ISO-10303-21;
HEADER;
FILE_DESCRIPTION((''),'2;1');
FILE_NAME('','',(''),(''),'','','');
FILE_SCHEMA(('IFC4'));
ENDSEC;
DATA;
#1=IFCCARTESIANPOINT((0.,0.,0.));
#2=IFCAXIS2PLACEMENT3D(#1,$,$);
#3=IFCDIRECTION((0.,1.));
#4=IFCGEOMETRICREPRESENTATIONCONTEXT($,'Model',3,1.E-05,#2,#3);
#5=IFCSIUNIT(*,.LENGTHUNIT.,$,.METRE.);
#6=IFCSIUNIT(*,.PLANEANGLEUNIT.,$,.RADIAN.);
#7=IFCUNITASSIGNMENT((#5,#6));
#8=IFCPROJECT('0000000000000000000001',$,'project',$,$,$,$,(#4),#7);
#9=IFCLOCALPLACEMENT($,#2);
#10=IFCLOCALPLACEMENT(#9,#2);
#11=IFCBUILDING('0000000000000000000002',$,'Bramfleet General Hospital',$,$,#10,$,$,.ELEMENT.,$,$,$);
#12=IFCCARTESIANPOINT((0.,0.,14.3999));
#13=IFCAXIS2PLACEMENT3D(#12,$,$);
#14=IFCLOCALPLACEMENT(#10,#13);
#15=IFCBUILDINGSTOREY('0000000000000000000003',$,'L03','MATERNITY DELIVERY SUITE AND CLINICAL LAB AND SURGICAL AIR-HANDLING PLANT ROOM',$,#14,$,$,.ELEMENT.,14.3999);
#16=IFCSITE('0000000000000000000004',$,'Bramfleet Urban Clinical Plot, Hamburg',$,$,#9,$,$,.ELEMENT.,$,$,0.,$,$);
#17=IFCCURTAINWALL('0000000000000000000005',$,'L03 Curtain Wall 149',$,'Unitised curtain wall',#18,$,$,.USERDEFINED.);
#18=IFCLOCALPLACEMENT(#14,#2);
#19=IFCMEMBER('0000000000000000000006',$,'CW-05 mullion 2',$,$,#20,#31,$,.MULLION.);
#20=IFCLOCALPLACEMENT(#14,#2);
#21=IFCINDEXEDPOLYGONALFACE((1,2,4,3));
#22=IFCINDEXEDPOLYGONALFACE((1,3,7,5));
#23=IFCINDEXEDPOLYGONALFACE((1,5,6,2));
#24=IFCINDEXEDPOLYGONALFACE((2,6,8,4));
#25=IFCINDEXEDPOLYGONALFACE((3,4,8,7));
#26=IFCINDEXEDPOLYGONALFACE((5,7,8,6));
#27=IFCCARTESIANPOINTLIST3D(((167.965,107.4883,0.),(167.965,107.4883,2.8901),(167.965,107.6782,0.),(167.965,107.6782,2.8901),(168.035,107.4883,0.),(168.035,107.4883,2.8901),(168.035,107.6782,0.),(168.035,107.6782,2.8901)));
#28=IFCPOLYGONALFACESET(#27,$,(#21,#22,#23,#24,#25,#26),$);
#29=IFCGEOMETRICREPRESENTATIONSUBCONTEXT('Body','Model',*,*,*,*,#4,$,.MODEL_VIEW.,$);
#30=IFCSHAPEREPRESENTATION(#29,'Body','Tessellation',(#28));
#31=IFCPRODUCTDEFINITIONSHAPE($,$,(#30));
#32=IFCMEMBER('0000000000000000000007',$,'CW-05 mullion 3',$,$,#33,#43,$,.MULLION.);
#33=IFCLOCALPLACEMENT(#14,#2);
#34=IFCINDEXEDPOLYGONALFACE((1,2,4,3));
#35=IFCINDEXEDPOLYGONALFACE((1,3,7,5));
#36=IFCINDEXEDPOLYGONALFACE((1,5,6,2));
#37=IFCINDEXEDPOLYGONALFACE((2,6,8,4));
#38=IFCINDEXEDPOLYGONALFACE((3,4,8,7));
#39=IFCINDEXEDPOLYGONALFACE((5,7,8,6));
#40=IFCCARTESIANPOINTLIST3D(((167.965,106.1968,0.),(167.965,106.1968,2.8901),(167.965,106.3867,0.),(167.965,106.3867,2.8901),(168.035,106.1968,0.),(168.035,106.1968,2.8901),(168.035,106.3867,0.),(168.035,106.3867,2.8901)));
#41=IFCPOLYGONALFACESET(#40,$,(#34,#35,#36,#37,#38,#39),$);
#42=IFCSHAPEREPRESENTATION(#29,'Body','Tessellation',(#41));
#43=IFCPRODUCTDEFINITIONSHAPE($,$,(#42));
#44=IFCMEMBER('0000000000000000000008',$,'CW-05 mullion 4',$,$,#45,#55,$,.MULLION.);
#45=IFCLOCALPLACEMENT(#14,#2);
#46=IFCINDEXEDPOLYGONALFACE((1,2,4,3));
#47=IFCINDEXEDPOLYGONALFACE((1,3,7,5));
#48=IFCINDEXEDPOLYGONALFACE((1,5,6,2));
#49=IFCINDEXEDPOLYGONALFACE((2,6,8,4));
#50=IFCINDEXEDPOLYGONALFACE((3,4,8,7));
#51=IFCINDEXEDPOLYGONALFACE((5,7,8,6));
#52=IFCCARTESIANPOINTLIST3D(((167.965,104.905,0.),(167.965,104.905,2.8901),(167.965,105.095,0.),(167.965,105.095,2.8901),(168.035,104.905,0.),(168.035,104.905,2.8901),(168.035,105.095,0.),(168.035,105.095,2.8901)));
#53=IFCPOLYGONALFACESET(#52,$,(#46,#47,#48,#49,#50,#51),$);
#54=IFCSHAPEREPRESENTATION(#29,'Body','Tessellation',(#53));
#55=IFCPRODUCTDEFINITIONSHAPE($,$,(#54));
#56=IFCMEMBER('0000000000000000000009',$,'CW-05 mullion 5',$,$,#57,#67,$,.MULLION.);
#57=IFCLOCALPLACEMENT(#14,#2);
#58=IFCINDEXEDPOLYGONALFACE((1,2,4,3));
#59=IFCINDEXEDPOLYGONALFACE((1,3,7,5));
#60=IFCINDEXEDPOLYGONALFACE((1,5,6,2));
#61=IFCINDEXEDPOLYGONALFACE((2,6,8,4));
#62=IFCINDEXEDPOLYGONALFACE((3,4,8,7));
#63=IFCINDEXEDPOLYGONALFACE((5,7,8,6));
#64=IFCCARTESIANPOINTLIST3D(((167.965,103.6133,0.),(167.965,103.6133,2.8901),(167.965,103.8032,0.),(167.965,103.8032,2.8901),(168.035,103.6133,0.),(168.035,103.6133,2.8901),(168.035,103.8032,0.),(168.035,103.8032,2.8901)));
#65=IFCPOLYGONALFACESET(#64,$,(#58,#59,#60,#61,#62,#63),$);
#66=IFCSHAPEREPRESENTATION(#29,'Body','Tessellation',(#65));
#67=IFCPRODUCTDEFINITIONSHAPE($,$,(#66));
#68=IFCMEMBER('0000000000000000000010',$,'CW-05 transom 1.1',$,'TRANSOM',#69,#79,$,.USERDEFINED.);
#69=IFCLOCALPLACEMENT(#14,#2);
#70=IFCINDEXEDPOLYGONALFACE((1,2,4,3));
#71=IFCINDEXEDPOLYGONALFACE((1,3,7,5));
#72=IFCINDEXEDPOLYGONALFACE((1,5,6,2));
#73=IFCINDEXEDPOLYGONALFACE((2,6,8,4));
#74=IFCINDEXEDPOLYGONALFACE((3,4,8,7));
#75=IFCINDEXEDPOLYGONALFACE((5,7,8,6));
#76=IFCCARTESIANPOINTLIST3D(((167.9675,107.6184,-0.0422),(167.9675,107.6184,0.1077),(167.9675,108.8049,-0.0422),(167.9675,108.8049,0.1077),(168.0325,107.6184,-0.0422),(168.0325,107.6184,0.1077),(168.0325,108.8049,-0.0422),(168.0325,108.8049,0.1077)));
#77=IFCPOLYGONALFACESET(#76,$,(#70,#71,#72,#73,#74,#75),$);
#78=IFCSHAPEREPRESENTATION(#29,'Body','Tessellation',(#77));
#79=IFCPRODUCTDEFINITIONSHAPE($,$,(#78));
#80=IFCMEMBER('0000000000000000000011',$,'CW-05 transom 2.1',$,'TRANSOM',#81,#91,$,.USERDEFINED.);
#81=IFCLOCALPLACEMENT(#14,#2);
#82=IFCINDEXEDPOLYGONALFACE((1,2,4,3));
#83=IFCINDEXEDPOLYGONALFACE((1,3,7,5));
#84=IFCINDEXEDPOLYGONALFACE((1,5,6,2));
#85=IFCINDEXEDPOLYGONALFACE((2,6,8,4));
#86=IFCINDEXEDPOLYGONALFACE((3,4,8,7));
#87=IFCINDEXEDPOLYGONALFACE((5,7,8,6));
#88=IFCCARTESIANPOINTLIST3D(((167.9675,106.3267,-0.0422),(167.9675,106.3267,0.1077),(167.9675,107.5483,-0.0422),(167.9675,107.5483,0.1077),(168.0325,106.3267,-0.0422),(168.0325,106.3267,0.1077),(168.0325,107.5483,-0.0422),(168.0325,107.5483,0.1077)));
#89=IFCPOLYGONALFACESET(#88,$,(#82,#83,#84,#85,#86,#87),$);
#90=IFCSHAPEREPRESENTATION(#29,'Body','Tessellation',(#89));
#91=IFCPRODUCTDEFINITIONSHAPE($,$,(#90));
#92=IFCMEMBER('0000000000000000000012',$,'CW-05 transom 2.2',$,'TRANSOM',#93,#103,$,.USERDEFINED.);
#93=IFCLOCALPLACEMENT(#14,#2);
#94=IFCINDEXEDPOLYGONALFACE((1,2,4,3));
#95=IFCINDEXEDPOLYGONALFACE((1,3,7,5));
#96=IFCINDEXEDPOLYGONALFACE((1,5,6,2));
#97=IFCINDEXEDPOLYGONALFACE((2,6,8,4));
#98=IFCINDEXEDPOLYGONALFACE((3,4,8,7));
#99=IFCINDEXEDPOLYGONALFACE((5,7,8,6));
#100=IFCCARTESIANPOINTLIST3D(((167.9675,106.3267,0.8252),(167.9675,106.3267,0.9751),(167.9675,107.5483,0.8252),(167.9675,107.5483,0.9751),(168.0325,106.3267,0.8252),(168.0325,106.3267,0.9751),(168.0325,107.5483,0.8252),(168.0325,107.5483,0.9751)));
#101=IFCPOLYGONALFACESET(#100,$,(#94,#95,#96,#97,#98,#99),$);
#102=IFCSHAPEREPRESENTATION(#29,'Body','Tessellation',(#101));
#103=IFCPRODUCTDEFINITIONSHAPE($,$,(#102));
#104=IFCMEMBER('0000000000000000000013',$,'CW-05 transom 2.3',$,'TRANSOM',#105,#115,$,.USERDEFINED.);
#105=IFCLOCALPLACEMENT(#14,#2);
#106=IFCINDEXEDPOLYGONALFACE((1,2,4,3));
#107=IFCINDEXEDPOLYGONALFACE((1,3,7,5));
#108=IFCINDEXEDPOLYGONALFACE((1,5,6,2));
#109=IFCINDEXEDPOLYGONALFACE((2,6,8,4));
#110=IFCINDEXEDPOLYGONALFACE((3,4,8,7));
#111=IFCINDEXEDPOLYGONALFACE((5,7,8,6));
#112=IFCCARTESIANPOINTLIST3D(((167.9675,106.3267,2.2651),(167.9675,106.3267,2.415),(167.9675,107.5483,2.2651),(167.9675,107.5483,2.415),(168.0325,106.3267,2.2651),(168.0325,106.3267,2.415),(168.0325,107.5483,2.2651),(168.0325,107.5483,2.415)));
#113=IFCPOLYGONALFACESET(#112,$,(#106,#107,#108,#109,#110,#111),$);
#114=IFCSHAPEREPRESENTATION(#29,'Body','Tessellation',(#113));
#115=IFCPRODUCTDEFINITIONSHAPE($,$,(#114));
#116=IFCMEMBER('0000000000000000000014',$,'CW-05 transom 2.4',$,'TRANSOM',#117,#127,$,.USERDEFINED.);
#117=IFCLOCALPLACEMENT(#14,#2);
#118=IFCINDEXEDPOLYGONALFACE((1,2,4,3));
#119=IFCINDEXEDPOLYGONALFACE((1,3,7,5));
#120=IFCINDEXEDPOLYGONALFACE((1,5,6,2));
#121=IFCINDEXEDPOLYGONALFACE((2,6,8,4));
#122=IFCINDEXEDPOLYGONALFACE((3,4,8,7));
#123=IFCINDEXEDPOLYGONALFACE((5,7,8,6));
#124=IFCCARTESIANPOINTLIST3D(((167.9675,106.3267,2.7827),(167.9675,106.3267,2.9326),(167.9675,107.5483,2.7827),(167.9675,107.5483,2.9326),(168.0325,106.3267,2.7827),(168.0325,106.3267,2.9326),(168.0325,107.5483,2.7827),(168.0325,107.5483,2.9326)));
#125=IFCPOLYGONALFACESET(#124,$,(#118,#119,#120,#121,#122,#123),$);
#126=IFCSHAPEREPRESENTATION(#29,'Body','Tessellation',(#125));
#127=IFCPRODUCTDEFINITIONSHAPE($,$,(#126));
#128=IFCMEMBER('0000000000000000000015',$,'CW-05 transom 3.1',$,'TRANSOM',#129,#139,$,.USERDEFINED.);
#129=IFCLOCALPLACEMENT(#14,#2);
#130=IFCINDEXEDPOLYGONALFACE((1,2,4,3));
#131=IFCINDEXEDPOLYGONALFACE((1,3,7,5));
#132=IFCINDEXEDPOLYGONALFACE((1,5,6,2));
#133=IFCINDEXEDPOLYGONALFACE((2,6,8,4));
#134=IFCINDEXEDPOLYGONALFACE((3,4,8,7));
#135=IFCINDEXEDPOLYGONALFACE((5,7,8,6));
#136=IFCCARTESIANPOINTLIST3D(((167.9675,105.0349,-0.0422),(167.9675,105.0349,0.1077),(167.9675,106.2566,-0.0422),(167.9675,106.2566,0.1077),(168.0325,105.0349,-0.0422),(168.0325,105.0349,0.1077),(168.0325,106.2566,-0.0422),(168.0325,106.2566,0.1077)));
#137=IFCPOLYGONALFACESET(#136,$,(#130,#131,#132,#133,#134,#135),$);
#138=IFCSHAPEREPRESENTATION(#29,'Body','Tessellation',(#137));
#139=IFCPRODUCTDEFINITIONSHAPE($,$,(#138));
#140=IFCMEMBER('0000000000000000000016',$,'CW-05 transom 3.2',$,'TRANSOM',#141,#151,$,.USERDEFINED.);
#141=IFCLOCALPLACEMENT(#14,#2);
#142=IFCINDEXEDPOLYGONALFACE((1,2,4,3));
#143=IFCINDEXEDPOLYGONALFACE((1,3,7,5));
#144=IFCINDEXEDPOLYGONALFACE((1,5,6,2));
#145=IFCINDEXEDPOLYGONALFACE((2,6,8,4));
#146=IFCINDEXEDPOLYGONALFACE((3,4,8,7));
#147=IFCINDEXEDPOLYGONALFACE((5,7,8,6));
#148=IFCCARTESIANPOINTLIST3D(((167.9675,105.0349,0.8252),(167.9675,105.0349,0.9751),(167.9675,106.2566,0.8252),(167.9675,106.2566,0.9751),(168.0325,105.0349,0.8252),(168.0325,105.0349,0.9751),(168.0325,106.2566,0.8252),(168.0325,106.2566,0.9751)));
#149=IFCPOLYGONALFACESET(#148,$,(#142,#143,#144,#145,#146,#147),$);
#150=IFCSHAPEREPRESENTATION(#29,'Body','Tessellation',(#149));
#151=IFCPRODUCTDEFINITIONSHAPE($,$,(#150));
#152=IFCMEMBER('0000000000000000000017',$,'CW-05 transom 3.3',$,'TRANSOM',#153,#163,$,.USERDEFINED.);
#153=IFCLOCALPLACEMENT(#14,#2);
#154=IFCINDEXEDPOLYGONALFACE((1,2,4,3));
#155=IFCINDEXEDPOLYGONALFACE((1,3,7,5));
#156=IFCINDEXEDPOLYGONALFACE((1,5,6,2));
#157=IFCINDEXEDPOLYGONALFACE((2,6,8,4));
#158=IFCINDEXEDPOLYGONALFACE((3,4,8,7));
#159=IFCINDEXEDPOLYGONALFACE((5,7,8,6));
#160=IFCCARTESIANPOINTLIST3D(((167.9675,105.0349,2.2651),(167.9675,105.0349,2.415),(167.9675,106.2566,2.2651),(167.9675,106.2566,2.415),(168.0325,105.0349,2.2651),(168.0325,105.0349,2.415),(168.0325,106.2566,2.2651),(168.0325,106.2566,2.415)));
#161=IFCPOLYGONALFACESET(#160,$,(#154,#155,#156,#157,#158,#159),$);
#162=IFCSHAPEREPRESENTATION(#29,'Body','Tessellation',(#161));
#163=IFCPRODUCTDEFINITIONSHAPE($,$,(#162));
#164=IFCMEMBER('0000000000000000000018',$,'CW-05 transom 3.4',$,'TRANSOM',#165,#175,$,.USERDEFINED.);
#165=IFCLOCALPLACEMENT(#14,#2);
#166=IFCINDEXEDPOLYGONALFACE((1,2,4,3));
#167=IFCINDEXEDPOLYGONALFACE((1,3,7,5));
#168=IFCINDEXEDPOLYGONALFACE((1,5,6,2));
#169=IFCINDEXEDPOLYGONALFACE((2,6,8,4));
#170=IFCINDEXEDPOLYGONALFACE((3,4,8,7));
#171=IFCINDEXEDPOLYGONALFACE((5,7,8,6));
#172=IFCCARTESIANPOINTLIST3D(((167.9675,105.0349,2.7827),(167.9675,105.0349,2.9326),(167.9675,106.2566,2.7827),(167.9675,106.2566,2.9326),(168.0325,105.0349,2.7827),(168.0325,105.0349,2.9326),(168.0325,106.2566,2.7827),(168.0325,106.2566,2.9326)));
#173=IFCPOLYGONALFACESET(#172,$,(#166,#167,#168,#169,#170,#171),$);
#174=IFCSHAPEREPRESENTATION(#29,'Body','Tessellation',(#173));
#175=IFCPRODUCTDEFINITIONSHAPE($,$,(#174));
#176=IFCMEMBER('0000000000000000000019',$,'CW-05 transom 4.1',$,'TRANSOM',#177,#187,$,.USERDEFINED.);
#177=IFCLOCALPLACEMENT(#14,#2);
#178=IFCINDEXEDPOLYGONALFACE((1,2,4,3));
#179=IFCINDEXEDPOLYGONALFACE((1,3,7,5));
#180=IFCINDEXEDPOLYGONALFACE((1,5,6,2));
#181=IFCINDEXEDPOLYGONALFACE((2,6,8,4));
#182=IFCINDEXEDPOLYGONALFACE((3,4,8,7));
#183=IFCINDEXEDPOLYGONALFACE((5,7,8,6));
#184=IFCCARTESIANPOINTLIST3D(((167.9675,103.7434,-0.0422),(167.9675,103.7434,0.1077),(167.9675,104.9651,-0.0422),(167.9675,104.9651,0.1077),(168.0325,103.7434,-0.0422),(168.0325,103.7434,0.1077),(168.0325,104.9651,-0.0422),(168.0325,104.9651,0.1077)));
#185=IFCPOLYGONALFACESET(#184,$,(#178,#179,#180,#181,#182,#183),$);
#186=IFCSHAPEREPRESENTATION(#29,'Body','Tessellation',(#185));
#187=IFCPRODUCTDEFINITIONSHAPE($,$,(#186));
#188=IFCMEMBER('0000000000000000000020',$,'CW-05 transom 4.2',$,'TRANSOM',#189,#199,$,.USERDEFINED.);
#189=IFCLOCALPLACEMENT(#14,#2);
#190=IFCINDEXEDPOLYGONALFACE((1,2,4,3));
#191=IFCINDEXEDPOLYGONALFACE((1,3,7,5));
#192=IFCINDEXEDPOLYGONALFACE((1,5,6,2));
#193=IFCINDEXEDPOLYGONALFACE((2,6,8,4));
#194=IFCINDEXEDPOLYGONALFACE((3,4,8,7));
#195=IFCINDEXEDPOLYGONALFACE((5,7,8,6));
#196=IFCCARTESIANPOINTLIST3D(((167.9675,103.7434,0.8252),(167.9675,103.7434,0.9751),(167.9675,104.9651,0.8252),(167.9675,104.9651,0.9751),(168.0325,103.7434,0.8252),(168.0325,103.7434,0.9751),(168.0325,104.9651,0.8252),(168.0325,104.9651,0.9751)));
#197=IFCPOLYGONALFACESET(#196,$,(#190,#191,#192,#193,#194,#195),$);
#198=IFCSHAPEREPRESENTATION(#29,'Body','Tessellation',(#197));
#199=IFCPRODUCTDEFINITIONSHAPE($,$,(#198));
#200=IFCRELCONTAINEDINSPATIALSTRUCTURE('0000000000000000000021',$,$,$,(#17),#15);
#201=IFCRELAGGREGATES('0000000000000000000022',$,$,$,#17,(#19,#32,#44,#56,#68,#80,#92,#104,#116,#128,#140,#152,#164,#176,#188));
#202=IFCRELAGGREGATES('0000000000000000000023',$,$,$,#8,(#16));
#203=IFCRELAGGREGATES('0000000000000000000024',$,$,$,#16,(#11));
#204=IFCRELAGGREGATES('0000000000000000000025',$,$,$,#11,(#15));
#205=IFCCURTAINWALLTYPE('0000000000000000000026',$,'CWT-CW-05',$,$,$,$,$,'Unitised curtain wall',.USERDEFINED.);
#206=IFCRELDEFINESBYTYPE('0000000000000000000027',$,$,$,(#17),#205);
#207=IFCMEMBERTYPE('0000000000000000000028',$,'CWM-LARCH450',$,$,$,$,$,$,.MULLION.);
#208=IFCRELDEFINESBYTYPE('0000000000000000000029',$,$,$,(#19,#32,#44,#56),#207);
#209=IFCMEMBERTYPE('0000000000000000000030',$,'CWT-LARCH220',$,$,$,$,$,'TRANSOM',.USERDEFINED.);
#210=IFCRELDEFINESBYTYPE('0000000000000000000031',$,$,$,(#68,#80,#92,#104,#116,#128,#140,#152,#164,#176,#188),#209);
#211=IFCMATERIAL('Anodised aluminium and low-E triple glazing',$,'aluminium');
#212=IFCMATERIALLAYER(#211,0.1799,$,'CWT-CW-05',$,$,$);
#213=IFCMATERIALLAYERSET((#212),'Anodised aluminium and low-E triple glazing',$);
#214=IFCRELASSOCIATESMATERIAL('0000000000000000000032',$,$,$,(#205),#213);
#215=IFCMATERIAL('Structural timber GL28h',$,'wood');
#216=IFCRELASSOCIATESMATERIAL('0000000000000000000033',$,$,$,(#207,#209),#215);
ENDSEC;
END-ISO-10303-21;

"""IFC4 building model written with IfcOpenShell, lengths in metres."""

from ifc_helpers import new_model, si_unit, direction, frame, origin, origin_2d, place, context, subcontext, project, spatial, rectangle, extrude, material, layer, layer_set, material_profile, profile_set, type_object, element, aggregate, save


model = new_model("IFC4")

# Units and contexts
model_context = context("Model", 3, precision=1e-05, world=origin(), true_north=direction((0.0, 1.0)))
body_context = subcontext(model_context, "Body", "Model", "MODEL_VIEW")
ifc_project = project(units=[si_unit("LENGTHUNIT", "METRE"), si_unit("PLANEANGLEUNIT", "RADIAN")], contexts=[model_context])

# Site, building, storey
site_placement = place(None, origin())
site = spatial("IfcSite", under=ifc_project, at=site_placement, Name="Bramfleet Urban Clinical Plot, Hamburg", CompositionType="ELEMENT", RefElevation=0.0)
building_placement = place(site_placement, origin())
building = spatial("IfcBuilding", under=site, at=building_placement, Name="Bramfleet General Hospital", CompositionType="ELEMENT")
storey_placement = place(building_placement, frame((0.0, 0.0, 14.3999)))
storey = spatial("IfcBuildingStorey", under=building, at=storey_placement, Name="L03", Description="MATERNITY DELIVERY SUITE AND CLINICAL LAB AND SURGICAL AIR-HANDLING PLANT ROOM", CompositionType="ELEMENT", Elevation=14.3999)

# Curtain wall, members
ifc_material_1 = material(Name="Anodised aluminium and low-E triple glazing", Category="aluminium")
ifc_layer_1 = layer(ifc_material_1, 0.1799, Name="CWT-CW-05")
ifc_layer_set_1 = layer_set([ifc_layer_1], Name="Anodised aluminium and low-E triple glazing")
curtain_wall_type = type_object("IfcCurtainWallType", Name="CWT-CW-05", ElementType="Unitised curtain wall", PredefinedType="USERDEFINED", material=ifc_layer_set_1)
curtain_wall_placement = place(storey_placement, origin())
curtain_wall = element("IfcCurtainWall", 1, at=curtain_wall_placement, inside=storey, type_object=curtain_wall_type, Name="L03 Curtain Wall 149", ObjectType="Unitised curtain wall", PredefinedType="USERDEFINED")
ifc_material_2 = material(Name="Structural timber GL28h", Category="wood")
ifc_material_profile_1 = material_profile(ifc_material_2, rectangle(XDim=0.0701, YDim=0.1899, at=origin_2d()), Name="LARCH 190x70")
ifc_profile_set_1 = profile_set([ifc_material_profile_1], Name="Structural timber GL28h")
member_type_1 = type_object("IfcMemberType", Name="CWM-LARCH450", PredefinedType="MULLION", material=ifc_profile_set_1)
member_1_placement = place(storey_placement, frame((168.0, 107.5833, 0.0), z_axis=(0.0, 0.0, 1.0), x_axis=(1.0, 0.0, 0.0)))
member_1 = element("IfcMember", 2, at=member_1_placement, type_object=member_type_1, Name="CW-05 mullion 2", PredefinedType="MULLION", context=body_context, shape_type="SweptSolid", body=[
    extrude(rectangle(XDim=0.0701, YDim=0.1899, at=origin_2d()), origin(), (0.0, 0.0, 1.0), 2.8901),
])
member_2_placement = place(storey_placement, frame((168.0, 106.2917, 0.0), z_axis=(0.0, 0.0, 1.0), x_axis=(1.0, 0.0, 0.0)))
member_2 = element("IfcMember", 3, at=member_2_placement, type_object=member_type_1, Name="CW-05 mullion 3", PredefinedType="MULLION", context=body_context, shape_type="SweptSolid", body=[
    extrude(rectangle(XDim=0.0701, YDim=0.1899, at=origin_2d()), origin(), (0.0, 0.0, 1.0), 2.8901),
])
member_3_placement = place(storey_placement, frame((168.0, 105.0, 0.0), z_axis=(0.0, 0.0, 1.0), x_axis=(1.0, 0.0, 0.0)))
member_3 = element("IfcMember", 4, at=member_3_placement, type_object=member_type_1, Name="CW-05 mullion 4", PredefinedType="MULLION", context=body_context, shape_type="SweptSolid", body=[
    extrude(rectangle(XDim=0.0701, YDim=0.1899, at=origin_2d()), origin(), (0.0, 0.0, 1.0), 2.8901),
])
member_4_placement = place(storey_placement, frame((168.0, 103.7083, 0.0), z_axis=(0.0, 0.0, 1.0), x_axis=(1.0, 0.0, 0.0)))
member_4 = element("IfcMember", 5, at=member_4_placement, type_object=member_type_1, Name="CW-05 mullion 5", PredefinedType="MULLION", context=body_context, shape_type="SweptSolid", body=[
    extrude(rectangle(XDim=0.0701, YDim=0.1899, at=origin_2d()), origin(), (0.0, 0.0, 1.0), 2.8901),
])
ifc_material_profile_2 = material_profile(ifc_material_2, rectangle(XDim=0.0649, YDim=0.1499, at=origin_2d()), Name="LARCH 150x65")
ifc_profile_set_2 = profile_set([ifc_material_profile_2], Name="Structural timber GL28h")
member_type_2 = type_object("IfcMemberType", Name="CWT-LARCH220", ElementType="TRANSOM", PredefinedType="USERDEFINED", material=ifc_profile_set_2)
member_5_placement = place(storey_placement, frame((168.0, 108.8049, 0.0327), z_axis=(0.0, -1.0, 0.0), x_axis=(1.0, 0.0, 0.0)))
member_5 = element("IfcMember", 6, at=member_5_placement, type_object=member_type_2, Name="CW-05 transom 1.1", ObjectType="TRANSOM", PredefinedType="USERDEFINED", context=body_context, shape_type="SweptSolid", body=[
    extrude(rectangle(XDim=0.0649, YDim=0.1499, at=origin_2d()), origin(), (0.0, 0.0, 1.0), 1.1865),
])
member_6_placement = place(storey_placement, frame((168.0, 107.5483, 0.0327), z_axis=(0.0, -1.0, 0.0), x_axis=(1.0, 0.0, 0.0)))
member_6 = element("IfcMember", 7, at=member_6_placement, type_object=member_type_2, Name="CW-05 transom 2.1", ObjectType="TRANSOM", PredefinedType="USERDEFINED", context=body_context, shape_type="SweptSolid", body=[
    extrude(rectangle(XDim=0.0649, YDim=0.1499, at=origin_2d()), origin(), (0.0, 0.0, 1.0), 1.2217),
])
member_7_placement = place(storey_placement, frame((168.0, 107.5483, 0.9001), z_axis=(0.0, -1.0, 0.0), x_axis=(1.0, 0.0, 0.0)))
member_7 = element("IfcMember", 8, at=member_7_placement, type_object=member_type_2, Name="CW-05 transom 2.2", ObjectType="TRANSOM", PredefinedType="USERDEFINED", context=body_context, shape_type="SweptSolid", body=[
    extrude(rectangle(XDim=0.0649, YDim=0.1499, at=origin_2d()), origin(), (0.0, 0.0, 1.0), 1.2217),
])
member_8_placement = place(storey_placement, frame((168.0, 107.5483, 2.3401), z_axis=(0.0, -1.0, 0.0), x_axis=(1.0, 0.0, 0.0)))
member_8 = element("IfcMember", 9, at=member_8_placement, type_object=member_type_2, Name="CW-05 transom 2.3", ObjectType="TRANSOM", PredefinedType="USERDEFINED", context=body_context, shape_type="SweptSolid", body=[
    extrude(rectangle(XDim=0.0649, YDim=0.1499, at=origin_2d()), origin(), (0.0, 0.0, 1.0), 1.2217),
])
member_9_placement = place(storey_placement, frame((168.0, 107.5483, 2.8577), z_axis=(0.0, -1.0, 0.0), x_axis=(1.0, 0.0, 0.0)))
member_9 = element("IfcMember", 10, at=member_9_placement, type_object=member_type_2, Name="CW-05 transom 2.4", ObjectType="TRANSOM", PredefinedType="USERDEFINED", context=body_context, shape_type="SweptSolid", body=[
    extrude(rectangle(XDim=0.0649, YDim=0.1499, at=origin_2d()), origin(), (0.0, 0.0, 1.0), 1.2217),
])
member_10_placement = place(storey_placement, frame((168.0, 106.2566, 0.0327), z_axis=(0.0, -1.0, 0.0), x_axis=(1.0, 0.0, 0.0)))
member_10 = element("IfcMember", 11, at=member_10_placement, type_object=member_type_2, Name="CW-05 transom 3.1", ObjectType="TRANSOM", PredefinedType="USERDEFINED", context=body_context, shape_type="SweptSolid", body=[
    extrude(rectangle(XDim=0.0649, YDim=0.1499, at=origin_2d()), origin(), (0.0, 0.0, 1.0), 1.2217),
])
member_11_placement = place(storey_placement, frame((168.0, 106.2566, 0.9001), z_axis=(0.0, -1.0, 0.0), x_axis=(1.0, 0.0, 0.0)))
member_11 = element("IfcMember", 12, at=member_11_placement, type_object=member_type_2, Name="CW-05 transom 3.2", ObjectType="TRANSOM", PredefinedType="USERDEFINED", context=body_context, shape_type="SweptSolid", body=[
    extrude(rectangle(XDim=0.0649, YDim=0.1499, at=origin_2d()), origin(), (0.0, 0.0, 1.0), 1.2217),
])
member_12_placement = place(storey_placement, frame((168.0, 106.2566, 2.3401), z_axis=(0.0, -1.0, 0.0), x_axis=(1.0, 0.0, 0.0)))
member_12 = element("IfcMember", 13, at=member_12_placement, type_object=member_type_2, Name="CW-05 transom 3.3", ObjectType="TRANSOM", PredefinedType="USERDEFINED", context=body_context, shape_type="SweptSolid", body=[
    extrude(rectangle(XDim=0.0649, YDim=0.1499, at=origin_2d()), origin(), (0.0, 0.0, 1.0), 1.2217),
])
member_13_placement = place(storey_placement, frame((168.0, 106.2566, 2.8577), z_axis=(0.0, -1.0, 0.0), x_axis=(1.0, 0.0, 0.0)))
member_13 = element("IfcMember", 14, at=member_13_placement, type_object=member_type_2, Name="CW-05 transom 3.4", ObjectType="TRANSOM", PredefinedType="USERDEFINED", context=body_context, shape_type="SweptSolid", body=[
    extrude(rectangle(XDim=0.0649, YDim=0.1499, at=origin_2d()), origin(), (0.0, 0.0, 1.0), 1.2217),
])
member_14_placement = place(storey_placement, frame((168.0, 104.9651, 0.0327), z_axis=(0.0, -1.0, 0.0), x_axis=(1.0, 0.0, 0.0)))
member_14 = element("IfcMember", 15, at=member_14_placement, type_object=member_type_2, Name="CW-05 transom 4.1", ObjectType="TRANSOM", PredefinedType="USERDEFINED", context=body_context, shape_type="SweptSolid", body=[
    extrude(rectangle(XDim=0.0649, YDim=0.1499, at=origin_2d()), origin(), (0.0, 0.0, 1.0), 1.2217),
])
member_15_placement = place(storey_placement, frame((168.0, 104.9651, 0.9001), z_axis=(0.0, -1.0, 0.0), x_axis=(1.0, 0.0, 0.0)))
member_15 = element("IfcMember", 16, at=member_15_placement, type_object=member_type_2, Name="CW-05 transom 4.2", ObjectType="TRANSOM", PredefinedType="USERDEFINED", context=body_context, shape_type="SweptSolid", body=[
    extrude(rectangle(XDim=0.0649, YDim=0.1499, at=origin_2d()), origin(), (0.0, 0.0, 1.0), 1.2217),
])
aggregate(curtain_wall, [member_1, member_2, member_3, member_4, member_5, member_6, member_7, member_8, member_9, member_10, member_11, member_12, member_13, member_14, member_15])

save(model, "model.ifc")
